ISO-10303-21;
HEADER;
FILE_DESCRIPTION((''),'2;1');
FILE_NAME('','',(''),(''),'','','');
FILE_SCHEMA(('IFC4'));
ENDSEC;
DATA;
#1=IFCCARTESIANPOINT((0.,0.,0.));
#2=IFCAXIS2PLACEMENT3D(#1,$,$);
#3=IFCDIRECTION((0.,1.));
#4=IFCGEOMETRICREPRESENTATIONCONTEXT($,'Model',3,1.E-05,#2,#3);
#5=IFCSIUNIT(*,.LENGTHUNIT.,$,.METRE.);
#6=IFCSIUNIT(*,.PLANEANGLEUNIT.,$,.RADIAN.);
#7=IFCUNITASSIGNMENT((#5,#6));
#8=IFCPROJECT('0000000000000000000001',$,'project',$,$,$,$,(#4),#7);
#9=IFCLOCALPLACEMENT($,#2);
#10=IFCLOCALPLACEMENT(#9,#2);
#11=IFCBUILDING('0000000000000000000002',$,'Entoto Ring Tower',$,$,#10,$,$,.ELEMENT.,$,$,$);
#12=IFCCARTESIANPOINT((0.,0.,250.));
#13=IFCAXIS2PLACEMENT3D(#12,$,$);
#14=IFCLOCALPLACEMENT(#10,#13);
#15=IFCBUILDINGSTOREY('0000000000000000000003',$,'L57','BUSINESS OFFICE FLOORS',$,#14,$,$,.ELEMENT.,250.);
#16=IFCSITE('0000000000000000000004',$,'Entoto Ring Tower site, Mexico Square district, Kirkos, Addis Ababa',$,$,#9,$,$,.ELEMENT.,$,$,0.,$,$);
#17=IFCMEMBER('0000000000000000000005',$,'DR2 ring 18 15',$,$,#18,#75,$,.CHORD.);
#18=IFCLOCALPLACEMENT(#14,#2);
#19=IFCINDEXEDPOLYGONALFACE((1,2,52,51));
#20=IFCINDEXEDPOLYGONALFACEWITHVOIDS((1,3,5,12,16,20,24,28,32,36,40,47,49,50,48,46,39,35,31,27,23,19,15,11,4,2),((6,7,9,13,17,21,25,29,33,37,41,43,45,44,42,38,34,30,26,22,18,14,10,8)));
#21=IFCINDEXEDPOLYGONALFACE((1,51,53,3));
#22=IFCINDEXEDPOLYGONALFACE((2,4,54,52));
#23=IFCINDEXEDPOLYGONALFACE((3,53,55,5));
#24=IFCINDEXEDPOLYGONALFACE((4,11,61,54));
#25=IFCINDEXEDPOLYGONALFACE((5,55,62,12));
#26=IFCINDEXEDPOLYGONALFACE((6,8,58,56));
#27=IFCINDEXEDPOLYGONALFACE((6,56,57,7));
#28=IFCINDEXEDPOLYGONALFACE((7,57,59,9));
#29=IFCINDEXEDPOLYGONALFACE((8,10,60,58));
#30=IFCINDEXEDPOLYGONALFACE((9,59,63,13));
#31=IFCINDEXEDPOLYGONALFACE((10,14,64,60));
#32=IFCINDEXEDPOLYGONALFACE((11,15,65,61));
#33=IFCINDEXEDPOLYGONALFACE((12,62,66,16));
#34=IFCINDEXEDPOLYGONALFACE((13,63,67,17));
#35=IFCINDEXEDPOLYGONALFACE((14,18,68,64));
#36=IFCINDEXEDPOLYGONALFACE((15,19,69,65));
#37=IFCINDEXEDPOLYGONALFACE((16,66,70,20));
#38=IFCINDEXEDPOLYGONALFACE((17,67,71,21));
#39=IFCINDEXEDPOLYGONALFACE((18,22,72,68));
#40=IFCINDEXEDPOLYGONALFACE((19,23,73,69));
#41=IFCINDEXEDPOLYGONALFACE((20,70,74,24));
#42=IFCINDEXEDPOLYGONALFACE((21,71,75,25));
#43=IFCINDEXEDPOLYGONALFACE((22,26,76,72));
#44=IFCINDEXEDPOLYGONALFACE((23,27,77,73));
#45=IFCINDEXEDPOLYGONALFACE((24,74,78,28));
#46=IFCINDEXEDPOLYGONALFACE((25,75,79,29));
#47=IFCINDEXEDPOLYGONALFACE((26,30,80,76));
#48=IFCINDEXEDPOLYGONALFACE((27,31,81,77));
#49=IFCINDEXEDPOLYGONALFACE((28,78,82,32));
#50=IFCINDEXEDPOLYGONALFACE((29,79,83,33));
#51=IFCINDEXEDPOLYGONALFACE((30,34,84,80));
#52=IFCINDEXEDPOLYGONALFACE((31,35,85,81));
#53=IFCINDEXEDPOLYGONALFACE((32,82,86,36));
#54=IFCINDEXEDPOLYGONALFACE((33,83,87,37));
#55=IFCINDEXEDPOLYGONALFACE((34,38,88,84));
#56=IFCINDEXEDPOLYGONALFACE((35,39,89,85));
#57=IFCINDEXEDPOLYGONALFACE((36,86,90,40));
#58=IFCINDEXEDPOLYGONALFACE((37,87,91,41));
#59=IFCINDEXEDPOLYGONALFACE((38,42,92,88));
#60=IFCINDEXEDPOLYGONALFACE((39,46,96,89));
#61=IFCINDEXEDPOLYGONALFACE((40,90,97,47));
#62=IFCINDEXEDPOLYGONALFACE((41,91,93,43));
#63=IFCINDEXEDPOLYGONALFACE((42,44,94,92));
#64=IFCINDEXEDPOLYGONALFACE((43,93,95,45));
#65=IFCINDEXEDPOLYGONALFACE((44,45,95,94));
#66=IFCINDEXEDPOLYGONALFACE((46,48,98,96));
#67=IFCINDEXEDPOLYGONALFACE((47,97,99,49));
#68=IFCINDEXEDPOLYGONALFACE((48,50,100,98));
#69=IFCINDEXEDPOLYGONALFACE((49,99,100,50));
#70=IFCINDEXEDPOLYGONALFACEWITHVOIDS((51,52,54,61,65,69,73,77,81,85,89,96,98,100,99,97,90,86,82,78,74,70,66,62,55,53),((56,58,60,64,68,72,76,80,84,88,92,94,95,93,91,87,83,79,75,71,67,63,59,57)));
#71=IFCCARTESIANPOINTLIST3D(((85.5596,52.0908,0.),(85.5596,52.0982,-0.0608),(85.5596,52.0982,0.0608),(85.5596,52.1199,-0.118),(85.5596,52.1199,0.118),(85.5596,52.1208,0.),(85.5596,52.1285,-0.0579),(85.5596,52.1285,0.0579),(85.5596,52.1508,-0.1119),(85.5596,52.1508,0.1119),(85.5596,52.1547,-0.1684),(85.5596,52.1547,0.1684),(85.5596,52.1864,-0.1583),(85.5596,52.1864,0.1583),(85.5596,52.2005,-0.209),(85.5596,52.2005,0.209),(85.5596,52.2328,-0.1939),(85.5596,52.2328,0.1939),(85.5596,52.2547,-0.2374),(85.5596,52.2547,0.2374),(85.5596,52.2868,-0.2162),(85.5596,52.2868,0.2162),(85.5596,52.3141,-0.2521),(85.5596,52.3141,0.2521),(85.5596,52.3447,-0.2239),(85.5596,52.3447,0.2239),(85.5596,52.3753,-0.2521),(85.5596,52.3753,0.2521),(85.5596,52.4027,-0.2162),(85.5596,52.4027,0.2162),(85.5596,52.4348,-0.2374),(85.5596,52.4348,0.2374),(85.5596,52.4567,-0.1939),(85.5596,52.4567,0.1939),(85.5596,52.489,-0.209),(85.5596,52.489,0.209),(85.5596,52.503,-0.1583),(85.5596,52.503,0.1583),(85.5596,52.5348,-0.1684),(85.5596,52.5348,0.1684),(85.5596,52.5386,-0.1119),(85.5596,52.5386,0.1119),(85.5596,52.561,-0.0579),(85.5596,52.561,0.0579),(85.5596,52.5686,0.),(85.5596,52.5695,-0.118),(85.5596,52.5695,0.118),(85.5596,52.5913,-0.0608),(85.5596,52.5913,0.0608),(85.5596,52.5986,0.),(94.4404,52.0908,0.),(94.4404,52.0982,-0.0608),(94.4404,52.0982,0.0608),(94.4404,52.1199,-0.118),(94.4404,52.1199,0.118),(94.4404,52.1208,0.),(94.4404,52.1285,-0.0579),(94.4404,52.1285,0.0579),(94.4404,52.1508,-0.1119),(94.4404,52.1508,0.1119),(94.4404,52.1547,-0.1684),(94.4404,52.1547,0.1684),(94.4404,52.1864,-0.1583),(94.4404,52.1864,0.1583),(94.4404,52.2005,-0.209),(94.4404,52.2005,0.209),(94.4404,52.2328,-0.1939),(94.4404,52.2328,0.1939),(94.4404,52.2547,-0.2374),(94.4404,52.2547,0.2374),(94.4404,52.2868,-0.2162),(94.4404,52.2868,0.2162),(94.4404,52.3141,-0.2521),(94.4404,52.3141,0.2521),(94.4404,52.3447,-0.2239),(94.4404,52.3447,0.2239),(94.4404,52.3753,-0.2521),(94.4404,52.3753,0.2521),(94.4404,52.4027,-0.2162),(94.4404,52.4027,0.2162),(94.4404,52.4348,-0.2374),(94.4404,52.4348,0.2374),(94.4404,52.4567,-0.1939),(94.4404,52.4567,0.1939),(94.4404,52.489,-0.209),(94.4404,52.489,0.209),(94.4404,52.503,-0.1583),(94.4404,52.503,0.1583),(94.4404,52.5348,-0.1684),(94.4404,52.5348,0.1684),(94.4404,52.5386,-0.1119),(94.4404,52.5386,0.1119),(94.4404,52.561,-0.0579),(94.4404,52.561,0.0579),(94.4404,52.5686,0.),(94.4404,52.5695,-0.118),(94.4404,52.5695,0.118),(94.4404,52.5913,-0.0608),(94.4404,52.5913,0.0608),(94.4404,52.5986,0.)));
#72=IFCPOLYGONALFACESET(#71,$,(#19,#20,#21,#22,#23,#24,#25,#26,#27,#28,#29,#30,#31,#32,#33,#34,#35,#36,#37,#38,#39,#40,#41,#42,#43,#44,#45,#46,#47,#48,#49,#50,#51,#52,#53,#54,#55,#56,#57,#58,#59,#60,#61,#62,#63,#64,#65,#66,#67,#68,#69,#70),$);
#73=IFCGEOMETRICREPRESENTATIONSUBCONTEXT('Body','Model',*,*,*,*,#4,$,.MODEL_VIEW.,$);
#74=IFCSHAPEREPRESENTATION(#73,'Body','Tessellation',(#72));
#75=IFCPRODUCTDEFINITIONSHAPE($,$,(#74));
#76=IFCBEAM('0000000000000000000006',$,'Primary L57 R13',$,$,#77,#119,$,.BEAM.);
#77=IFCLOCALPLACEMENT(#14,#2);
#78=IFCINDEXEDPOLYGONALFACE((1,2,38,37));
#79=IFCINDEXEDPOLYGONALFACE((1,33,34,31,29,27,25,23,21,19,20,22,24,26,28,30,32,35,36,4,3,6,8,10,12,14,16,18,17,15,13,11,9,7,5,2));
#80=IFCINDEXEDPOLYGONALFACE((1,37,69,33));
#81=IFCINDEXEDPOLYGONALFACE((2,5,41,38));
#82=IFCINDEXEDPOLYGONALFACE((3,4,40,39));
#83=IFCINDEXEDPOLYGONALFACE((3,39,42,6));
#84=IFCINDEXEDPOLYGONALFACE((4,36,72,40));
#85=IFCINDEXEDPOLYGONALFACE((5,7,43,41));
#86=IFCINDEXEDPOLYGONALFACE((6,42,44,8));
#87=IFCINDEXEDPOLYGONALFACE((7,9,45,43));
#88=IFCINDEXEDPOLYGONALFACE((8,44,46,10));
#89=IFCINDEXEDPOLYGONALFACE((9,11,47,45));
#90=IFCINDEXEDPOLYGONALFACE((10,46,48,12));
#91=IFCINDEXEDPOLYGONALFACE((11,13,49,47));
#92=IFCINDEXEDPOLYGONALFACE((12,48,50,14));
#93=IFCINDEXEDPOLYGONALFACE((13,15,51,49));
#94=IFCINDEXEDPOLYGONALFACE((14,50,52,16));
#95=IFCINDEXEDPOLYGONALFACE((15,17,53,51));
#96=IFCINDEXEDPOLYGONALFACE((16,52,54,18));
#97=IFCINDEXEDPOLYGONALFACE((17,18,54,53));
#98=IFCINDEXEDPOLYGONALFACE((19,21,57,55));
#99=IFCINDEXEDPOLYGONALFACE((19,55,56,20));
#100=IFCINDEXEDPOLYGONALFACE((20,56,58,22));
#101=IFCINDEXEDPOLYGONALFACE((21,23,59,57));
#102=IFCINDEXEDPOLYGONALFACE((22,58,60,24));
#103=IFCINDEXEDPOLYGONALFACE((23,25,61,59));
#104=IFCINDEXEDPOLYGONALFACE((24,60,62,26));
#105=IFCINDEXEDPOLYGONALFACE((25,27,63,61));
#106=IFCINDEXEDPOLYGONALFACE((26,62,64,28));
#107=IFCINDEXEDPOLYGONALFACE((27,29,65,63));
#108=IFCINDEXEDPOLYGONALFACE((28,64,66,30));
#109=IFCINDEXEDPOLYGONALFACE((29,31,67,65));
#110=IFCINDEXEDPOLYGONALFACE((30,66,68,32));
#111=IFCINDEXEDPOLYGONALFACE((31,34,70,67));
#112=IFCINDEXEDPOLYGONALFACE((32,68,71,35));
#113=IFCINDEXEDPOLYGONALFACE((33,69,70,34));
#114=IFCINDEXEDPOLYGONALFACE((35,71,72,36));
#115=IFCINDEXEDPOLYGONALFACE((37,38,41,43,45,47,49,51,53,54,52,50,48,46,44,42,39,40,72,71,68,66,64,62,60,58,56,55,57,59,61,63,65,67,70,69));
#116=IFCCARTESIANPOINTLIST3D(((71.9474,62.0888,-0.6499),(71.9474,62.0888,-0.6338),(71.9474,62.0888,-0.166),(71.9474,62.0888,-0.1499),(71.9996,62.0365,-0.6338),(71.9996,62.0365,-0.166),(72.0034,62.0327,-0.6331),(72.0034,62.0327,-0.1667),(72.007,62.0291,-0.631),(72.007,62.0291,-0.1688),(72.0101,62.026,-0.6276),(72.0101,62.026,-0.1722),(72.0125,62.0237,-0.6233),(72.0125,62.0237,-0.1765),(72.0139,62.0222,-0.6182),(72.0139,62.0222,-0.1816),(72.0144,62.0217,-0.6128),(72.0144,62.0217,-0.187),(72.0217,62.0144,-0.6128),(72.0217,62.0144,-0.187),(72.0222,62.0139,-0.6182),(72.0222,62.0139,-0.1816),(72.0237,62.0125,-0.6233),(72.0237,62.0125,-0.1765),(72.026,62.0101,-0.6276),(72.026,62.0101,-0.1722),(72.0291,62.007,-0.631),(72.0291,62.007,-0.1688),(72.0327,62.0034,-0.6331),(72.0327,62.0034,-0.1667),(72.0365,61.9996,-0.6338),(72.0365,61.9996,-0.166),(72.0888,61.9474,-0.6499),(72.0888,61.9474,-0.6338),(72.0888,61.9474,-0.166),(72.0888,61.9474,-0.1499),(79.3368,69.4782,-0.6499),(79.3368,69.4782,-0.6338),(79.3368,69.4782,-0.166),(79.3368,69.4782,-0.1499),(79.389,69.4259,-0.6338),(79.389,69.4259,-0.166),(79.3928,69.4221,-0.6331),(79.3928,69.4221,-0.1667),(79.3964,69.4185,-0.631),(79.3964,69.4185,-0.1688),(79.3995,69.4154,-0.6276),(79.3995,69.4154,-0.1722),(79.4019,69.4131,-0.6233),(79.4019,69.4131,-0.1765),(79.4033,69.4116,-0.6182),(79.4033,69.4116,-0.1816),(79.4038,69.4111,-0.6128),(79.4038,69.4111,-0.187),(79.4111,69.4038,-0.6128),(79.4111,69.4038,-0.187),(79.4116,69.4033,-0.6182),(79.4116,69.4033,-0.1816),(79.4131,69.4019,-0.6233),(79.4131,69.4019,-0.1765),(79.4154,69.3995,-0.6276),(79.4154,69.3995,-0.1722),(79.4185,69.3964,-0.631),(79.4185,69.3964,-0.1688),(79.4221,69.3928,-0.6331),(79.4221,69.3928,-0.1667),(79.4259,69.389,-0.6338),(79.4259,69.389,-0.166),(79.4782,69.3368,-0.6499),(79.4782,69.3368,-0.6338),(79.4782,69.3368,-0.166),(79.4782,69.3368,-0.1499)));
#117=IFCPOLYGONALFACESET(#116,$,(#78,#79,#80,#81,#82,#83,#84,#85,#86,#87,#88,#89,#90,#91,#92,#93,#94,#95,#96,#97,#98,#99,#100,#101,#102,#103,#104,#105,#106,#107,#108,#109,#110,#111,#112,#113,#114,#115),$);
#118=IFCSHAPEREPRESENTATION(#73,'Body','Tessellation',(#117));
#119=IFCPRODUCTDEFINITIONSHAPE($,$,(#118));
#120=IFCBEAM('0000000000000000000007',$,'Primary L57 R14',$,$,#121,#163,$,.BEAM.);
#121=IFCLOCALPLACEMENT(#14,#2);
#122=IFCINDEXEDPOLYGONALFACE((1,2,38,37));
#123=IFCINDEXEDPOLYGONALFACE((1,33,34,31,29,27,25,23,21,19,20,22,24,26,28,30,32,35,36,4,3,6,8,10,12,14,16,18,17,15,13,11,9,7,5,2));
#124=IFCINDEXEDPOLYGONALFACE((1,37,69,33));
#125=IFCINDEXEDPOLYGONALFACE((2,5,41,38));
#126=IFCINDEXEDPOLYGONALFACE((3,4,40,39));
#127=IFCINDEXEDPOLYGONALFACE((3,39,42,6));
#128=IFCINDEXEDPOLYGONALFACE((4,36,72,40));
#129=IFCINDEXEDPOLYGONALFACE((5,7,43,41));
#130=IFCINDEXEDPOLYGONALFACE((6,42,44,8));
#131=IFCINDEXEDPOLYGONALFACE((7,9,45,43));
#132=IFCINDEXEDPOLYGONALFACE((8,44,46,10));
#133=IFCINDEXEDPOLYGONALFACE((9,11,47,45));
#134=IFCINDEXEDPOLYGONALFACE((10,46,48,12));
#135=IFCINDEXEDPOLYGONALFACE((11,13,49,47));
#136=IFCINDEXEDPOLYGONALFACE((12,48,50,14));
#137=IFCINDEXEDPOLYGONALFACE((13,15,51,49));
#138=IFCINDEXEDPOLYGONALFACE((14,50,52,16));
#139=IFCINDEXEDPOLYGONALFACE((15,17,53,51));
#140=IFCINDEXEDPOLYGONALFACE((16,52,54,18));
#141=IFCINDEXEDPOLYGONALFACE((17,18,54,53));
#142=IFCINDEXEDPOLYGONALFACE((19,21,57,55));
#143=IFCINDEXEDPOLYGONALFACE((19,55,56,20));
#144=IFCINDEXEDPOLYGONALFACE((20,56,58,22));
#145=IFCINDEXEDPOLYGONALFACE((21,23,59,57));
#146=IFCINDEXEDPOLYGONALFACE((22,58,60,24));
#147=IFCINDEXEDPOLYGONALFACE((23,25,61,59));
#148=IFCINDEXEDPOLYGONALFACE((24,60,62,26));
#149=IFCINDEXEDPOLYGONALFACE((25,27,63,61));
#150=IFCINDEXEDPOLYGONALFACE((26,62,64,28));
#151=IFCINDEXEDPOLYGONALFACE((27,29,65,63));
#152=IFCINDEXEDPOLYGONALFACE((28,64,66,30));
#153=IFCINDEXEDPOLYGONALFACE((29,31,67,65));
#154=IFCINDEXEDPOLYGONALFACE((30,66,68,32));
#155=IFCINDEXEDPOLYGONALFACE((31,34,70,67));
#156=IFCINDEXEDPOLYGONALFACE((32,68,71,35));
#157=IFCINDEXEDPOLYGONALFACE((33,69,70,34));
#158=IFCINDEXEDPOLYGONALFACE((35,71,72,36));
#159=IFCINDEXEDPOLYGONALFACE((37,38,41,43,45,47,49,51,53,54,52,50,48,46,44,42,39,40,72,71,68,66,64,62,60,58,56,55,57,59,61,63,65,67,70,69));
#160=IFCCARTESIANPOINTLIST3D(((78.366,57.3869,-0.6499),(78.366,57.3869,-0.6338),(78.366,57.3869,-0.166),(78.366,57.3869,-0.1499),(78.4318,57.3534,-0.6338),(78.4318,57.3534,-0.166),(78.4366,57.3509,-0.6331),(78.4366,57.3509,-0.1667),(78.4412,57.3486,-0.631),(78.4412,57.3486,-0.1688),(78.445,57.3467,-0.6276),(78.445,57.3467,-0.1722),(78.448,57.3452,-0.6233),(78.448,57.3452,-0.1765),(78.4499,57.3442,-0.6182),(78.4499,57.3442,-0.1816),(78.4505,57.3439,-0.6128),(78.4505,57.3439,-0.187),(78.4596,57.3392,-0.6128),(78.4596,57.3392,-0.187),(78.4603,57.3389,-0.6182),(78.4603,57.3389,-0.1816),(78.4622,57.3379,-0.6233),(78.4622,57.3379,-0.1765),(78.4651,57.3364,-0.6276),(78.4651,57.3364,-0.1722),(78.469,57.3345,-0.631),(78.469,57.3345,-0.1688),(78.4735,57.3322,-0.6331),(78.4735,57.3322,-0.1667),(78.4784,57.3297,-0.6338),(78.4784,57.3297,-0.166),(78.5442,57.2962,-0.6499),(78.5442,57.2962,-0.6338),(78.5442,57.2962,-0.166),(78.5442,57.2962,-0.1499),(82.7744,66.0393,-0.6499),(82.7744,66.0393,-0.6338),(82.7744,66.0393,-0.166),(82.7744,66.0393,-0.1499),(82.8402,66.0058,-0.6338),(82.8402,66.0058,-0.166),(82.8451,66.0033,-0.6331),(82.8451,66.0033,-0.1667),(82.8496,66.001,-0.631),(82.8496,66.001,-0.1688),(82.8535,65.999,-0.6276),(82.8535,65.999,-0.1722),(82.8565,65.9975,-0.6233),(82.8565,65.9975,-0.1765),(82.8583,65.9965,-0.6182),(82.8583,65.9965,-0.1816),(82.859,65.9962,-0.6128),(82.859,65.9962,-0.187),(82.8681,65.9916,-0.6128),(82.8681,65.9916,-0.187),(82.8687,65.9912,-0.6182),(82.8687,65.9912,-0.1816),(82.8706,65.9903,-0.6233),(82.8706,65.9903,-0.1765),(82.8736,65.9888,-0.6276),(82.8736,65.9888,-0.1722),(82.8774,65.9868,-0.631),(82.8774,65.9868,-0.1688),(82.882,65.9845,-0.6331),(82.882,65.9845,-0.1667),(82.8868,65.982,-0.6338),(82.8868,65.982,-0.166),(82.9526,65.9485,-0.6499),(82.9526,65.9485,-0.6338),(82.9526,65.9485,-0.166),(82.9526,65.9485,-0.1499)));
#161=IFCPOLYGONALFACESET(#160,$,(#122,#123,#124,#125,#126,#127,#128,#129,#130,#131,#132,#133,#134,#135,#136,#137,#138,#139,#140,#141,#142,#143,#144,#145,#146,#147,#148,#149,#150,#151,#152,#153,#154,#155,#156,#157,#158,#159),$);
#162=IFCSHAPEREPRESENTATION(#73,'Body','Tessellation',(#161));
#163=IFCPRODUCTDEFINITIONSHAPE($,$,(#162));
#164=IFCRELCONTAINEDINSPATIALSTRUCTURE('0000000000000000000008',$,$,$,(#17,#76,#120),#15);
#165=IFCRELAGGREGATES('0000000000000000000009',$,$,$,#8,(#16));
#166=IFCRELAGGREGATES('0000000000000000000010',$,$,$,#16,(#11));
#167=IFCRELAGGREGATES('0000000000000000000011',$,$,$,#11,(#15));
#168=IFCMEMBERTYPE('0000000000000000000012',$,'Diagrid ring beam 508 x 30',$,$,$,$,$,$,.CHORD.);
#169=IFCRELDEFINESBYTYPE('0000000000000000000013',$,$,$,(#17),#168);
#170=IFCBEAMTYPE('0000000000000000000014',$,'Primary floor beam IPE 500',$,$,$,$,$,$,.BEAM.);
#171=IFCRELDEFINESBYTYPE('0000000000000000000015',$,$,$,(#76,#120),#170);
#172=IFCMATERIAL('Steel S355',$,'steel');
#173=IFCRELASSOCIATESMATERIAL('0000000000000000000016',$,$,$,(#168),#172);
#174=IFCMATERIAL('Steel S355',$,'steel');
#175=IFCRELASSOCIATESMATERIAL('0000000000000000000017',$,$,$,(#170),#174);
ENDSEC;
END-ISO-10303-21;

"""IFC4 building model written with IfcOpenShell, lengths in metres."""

from ifc_helpers import new_model, si_unit, direction, frame, origin, origin_2d, place, context, subcontext, project, spatial, circle, hollow_circle, i_section, extrude, material, material_profile, profile_set, type_object, element, save


model = new_model("IFC4")

# Units and contexts
model_context = context("Model", 3, precision=1e-05, world=origin(), true_north=direction((0.0, 1.0)))
body_context = subcontext(model_context, "Body", "Model", "MODEL_VIEW")
ifc_project = project(units=[si_unit("LENGTHUNIT", "METRE"), si_unit("PLANEANGLEUNIT", "RADIAN")], contexts=[model_context])

# Site, building, storey
site_placement = place(None, origin())
site = spatial("IfcSite", under=ifc_project, at=site_placement, Name="Entoto Ring Tower site, Mexico Square district, Kirkos, Addis Ababa", CompositionType="ELEMENT", RefElevation=0.0)
building_placement = place(site_placement, origin())
building = spatial("IfcBuilding", under=site, at=building_placement, Name="Entoto Ring Tower", CompositionType="ELEMENT")
storey_placement = place(building_placement, frame((0.0, 0.0, 250.0)))
storey = spatial("IfcBuildingStorey", under=building, at=storey_placement, Name="L57", Description="BUSINESS OFFICE FLOORS", CompositionType="ELEMENT", Elevation=250.0)

# Member
ifc_material_1 = material(Name="Steel S355", Category="steel")
ifc_material_profile_1 = material_profile(ifc_material_1, hollow_circle(Radius=0.2539, WallThickness=0.03, at=origin_2d()), Name="CHS 508 x 30")
ifc_material_2 = material(Name="Concrete C60/75", Category="concrete")
ifc_material_profile_2 = material_profile(ifc_material_2, circle(Radius=0.2241, at=origin_2d()), Name="Concrete C60/75 infill")
ifc_profile_set_1 = profile_set([ifc_material_profile_1, ifc_material_profile_2], Name="Steel S355")
member_type = type_object("IfcMemberType", Name="Diagrid ring beam 508 x 30", PredefinedType="CHORD", material=ifc_profile_set_1)
member_placement = place(storey_placement, frame((85.5596, 52.3447, 0.0), z_axis=(1.0, 0.0, 0.0), x_axis=(0.0, 1.0, 0.0)))
element("IfcMember", 1, at=member_placement, inside=storey, type_object=member_type, Name="DR2 ring 18 15", PredefinedType="CHORD", context=body_context, shape_type="SweptSolid", body=[
    extrude(hollow_circle(Radius=0.2539, WallThickness=0.03, at=origin_2d()), origin(), (0.0, 0.0, 1.0), 8.8809),
])

# Beams
ifc_material_3 = material(Name="Steel S355", Category="steel")
ifc_material_profile_3 = material_profile(ifc_material_3, i_section(OverallWidth=0.2, OverallDepth=0.5, WebThickness=0.0103, FlangeThickness=0.0161, FilletRadius=0.021, at=origin_2d()), Name="IPE 500")
ifc_profile_set_2 = profile_set([ifc_material_profile_3], Name="Steel S355")
beam_type_1 = type_object("IfcBeamType", Name="Primary floor beam IPE 500", PredefinedType="BEAM", material=ifc_profile_set_2)
beam_1_placement = place(storey_placement, frame((79.4075, 69.4075, -0.3999), z_axis=(-0.707107, -0.707107, 0.0), x_axis=(0.707107, -0.707107, 0.0)))
element("IfcBeam", 2, at=beam_1_placement, inside=storey, type_object=beam_type_1, Name="Primary L57 R13", PredefinedType="BEAM", context=body_context, shape_type="SweptSolid", body=[
    extrude(i_section(OverallWidth=0.2, OverallDepth=0.5, WebThickness=0.0103, FlangeThickness=0.0161, FilletRadius=0.021, at=origin_2d()), origin(), (0.0, 0.0, 1.0), 10.4502),
])
beam_2_placement = place(storey_placement, frame((82.8635, 65.9939, -0.3999), z_axis=(-0.453979, -0.891012, 0.0), x_axis=(0.891012, -0.453979, 0.0)))
element("IfcBeam", 3, at=beam_2_placement, inside=storey, type_object=beam_type_1, Name="Primary L57 R14", PredefinedType="BEAM", context=body_context, shape_type="SweptSolid", body=[
    extrude(i_section(OverallWidth=0.2, OverallDepth=0.5, WebThickness=0.0103, FlangeThickness=0.0161, FilletRadius=0.021, at=origin_2d()), origin(), (0.0, 0.0, 1.0), 9.7107),
])

save(model, "model.ifc")
